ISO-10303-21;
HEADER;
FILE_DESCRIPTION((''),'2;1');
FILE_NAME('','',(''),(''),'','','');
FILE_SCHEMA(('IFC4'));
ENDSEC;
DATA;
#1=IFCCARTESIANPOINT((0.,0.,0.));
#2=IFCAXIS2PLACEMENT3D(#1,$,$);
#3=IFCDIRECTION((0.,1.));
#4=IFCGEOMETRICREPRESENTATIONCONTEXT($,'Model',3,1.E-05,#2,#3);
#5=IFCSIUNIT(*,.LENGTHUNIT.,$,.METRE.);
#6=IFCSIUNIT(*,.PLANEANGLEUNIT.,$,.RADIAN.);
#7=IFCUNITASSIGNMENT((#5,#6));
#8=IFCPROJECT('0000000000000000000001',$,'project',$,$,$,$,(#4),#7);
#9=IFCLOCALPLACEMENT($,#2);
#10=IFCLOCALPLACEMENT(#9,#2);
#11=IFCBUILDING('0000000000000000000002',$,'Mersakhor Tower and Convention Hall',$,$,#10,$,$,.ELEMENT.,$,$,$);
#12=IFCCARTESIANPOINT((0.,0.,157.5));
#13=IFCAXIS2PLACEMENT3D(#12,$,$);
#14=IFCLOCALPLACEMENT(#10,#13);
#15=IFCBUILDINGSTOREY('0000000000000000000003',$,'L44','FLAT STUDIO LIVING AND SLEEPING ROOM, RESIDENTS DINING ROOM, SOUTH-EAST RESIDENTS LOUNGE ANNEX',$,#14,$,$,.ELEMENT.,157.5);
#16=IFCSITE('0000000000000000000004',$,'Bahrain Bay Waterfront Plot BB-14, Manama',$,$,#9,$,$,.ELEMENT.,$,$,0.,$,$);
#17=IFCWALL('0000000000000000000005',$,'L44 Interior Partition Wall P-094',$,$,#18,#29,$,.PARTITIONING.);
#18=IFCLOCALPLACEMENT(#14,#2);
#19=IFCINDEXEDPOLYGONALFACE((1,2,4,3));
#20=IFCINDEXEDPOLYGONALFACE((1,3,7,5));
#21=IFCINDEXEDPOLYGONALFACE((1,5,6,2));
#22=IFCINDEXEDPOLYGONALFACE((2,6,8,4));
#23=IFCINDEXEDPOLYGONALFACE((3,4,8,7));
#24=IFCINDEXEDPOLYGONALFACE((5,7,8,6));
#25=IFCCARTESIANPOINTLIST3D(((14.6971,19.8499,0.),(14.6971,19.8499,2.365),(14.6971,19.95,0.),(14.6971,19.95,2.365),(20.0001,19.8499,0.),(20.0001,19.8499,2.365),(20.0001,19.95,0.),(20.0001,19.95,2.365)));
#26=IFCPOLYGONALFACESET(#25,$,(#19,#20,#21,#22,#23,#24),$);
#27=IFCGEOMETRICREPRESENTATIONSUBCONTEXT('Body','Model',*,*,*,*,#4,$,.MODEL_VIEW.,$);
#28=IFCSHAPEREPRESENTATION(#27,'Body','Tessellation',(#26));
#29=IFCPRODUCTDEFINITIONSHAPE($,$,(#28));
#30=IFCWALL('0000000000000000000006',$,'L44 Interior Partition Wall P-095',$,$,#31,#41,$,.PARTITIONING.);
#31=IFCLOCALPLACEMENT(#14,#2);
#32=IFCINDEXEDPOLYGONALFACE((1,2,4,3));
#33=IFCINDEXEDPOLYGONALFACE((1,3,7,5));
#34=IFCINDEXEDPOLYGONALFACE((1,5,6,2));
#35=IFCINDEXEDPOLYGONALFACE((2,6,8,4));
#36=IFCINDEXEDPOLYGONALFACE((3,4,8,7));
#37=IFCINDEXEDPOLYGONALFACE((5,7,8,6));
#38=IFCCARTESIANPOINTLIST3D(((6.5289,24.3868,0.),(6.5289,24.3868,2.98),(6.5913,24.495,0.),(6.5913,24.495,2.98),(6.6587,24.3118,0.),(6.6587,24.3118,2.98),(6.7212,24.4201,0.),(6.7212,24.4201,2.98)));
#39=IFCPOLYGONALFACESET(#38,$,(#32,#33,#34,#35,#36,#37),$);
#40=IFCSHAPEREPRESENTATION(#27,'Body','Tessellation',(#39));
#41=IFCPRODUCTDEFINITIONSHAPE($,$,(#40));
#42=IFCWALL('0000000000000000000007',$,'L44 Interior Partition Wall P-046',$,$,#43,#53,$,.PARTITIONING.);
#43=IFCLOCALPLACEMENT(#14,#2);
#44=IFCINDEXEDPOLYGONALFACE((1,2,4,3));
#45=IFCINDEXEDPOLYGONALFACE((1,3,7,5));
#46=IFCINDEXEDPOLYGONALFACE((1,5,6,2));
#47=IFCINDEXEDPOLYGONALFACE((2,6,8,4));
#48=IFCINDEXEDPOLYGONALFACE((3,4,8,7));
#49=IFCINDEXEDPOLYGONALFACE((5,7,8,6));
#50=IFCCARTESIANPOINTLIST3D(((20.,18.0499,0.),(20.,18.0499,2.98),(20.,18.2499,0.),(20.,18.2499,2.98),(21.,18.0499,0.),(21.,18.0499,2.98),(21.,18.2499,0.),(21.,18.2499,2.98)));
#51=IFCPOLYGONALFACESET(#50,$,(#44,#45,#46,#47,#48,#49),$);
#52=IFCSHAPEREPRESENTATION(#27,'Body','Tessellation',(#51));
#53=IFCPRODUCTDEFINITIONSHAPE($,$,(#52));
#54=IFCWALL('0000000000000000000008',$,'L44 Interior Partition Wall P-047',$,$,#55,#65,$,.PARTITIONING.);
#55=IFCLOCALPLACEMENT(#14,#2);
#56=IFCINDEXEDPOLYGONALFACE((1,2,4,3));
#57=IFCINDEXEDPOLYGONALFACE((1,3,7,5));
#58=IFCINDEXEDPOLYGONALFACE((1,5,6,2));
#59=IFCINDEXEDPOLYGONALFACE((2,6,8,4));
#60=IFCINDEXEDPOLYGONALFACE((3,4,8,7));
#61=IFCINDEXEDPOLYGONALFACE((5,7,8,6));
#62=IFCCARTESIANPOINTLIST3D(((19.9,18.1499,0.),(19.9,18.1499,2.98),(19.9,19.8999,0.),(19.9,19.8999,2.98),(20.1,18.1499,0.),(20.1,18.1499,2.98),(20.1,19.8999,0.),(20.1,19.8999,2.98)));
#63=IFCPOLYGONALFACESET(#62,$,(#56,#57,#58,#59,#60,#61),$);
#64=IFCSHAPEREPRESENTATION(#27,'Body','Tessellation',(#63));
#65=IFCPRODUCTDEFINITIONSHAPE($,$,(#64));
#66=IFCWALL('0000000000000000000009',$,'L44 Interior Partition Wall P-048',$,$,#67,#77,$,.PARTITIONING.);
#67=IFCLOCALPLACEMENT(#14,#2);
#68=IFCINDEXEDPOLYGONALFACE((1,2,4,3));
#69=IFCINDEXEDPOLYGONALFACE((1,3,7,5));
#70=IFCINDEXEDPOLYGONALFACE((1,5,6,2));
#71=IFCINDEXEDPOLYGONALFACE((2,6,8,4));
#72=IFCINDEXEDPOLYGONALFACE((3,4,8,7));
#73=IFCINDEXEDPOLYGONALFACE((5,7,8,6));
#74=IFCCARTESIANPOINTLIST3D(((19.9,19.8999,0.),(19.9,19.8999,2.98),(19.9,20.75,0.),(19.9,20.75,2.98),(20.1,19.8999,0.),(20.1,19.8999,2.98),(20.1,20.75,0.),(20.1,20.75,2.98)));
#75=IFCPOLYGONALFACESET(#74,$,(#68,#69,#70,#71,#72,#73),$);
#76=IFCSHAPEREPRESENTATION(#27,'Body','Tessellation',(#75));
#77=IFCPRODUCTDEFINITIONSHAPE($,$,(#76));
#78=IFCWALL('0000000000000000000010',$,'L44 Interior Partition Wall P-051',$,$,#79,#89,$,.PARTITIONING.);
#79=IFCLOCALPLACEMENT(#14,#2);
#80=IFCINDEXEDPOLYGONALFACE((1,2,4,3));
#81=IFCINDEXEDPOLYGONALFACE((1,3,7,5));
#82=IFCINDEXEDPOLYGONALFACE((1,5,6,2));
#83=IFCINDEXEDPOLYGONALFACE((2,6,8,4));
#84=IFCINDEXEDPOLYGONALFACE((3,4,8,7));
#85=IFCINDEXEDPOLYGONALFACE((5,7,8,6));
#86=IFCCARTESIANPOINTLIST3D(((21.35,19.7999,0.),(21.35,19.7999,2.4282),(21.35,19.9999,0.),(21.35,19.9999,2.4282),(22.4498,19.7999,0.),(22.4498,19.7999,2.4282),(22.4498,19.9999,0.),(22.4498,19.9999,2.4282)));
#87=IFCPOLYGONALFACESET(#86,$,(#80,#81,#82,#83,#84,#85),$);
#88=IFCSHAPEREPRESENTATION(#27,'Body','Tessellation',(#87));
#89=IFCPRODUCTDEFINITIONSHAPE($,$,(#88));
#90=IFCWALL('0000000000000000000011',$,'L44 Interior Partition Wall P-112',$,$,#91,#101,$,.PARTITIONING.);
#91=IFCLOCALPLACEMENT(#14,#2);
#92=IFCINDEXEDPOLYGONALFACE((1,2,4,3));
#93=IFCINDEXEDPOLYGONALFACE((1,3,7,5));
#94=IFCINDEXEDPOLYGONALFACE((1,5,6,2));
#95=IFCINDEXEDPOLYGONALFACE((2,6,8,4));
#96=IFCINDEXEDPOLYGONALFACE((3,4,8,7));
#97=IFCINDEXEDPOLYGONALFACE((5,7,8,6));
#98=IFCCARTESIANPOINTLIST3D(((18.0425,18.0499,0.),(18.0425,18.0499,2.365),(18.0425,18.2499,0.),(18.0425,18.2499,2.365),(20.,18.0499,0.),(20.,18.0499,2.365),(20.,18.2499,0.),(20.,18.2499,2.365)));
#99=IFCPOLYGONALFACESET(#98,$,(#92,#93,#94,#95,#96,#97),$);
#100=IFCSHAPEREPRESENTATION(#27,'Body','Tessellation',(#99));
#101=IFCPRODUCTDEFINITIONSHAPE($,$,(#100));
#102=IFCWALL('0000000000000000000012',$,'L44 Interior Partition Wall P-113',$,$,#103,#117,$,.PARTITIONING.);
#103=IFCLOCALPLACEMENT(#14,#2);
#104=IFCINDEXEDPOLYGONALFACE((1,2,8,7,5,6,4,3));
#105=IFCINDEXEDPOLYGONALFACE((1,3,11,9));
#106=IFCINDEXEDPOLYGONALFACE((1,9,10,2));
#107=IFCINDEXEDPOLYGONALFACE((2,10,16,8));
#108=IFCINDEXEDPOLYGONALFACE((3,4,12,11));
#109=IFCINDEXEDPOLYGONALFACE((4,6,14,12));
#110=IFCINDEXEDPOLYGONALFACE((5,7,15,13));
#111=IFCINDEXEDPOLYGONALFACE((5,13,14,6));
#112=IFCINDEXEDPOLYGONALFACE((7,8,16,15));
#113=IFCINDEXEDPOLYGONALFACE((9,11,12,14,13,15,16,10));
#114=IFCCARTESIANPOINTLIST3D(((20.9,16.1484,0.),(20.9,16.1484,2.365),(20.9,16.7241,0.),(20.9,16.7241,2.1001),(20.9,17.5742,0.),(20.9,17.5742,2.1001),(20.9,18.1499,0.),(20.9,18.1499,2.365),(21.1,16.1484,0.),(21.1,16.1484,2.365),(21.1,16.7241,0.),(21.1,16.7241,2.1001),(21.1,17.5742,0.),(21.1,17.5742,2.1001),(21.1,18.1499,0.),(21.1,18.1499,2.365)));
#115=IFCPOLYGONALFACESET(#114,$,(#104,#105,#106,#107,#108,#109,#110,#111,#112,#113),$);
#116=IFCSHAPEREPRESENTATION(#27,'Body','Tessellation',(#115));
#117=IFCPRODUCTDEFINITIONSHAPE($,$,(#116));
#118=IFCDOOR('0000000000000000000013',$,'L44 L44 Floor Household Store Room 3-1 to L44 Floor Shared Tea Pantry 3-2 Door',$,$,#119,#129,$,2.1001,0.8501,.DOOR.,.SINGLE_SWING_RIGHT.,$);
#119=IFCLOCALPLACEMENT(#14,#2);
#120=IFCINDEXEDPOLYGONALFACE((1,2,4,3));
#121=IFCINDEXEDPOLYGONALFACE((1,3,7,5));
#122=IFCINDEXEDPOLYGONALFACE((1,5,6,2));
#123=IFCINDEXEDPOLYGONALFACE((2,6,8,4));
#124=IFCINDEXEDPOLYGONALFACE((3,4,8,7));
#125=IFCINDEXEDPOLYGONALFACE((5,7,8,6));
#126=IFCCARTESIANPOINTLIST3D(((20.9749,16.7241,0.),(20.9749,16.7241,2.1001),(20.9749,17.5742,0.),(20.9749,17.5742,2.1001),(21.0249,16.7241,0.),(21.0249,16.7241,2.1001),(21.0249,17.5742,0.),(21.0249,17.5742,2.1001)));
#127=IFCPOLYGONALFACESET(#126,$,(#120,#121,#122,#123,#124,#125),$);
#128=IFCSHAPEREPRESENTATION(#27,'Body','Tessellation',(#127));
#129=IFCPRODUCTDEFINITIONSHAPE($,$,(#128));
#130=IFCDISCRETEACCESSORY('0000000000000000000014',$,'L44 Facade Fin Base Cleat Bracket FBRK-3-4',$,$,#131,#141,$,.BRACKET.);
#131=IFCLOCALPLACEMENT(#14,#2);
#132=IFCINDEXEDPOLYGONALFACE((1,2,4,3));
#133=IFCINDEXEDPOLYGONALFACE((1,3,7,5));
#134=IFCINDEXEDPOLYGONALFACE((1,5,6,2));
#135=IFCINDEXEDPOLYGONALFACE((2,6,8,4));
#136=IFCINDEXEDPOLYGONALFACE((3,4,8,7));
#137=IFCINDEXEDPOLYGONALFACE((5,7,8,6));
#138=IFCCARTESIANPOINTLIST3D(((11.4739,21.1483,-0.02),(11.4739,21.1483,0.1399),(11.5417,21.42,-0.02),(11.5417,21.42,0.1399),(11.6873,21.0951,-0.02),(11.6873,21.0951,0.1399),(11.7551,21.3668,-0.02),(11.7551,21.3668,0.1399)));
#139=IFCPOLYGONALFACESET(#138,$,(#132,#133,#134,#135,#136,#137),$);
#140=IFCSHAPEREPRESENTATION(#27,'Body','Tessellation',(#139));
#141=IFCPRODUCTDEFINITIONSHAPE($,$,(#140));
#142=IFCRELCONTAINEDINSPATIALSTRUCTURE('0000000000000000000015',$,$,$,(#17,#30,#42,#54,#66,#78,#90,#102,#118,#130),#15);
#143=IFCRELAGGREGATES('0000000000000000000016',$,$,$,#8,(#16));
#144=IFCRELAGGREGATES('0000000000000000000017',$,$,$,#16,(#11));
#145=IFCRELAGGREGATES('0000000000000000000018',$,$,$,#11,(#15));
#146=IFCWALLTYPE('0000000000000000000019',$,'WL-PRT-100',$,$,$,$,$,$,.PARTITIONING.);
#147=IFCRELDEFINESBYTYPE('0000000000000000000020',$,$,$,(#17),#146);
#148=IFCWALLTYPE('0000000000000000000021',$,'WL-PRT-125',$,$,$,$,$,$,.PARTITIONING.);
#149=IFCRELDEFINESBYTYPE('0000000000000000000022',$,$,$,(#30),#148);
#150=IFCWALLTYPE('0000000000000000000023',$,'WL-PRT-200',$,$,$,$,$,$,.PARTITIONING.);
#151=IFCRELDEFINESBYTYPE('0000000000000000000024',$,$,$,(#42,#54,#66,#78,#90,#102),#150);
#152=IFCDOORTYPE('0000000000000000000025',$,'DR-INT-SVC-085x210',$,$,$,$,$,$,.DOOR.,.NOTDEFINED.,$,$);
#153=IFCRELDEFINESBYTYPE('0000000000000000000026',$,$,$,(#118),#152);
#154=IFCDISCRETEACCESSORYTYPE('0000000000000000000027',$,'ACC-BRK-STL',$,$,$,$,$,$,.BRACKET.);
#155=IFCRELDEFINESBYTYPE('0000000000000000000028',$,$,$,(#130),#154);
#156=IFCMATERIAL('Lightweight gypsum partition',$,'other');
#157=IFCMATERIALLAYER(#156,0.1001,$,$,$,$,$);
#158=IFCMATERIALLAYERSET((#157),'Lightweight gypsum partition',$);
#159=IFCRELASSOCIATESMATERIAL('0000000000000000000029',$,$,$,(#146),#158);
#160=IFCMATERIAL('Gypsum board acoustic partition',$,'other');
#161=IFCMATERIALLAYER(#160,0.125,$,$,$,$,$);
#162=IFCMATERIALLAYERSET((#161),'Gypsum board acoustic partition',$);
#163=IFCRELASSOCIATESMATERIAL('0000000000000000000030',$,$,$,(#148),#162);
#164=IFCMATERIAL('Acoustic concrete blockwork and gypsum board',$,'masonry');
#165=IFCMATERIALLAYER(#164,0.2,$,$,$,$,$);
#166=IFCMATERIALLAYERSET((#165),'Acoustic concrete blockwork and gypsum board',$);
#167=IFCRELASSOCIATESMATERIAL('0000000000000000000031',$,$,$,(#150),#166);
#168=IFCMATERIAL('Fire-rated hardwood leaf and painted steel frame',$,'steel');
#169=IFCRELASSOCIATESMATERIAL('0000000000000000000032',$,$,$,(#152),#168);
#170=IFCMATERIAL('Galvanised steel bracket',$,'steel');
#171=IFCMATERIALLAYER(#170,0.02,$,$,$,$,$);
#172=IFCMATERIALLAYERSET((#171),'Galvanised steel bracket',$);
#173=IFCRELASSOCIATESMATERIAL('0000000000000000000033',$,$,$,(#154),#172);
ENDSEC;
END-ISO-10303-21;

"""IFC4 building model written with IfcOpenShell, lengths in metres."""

from ifc_helpers import new_model, si_unit, direction, frame, frame_2d, origin, origin_2d, place, context, subcontext, project, spatial, rectangle, extrude, material, layer, layer_set, type_object, element, fill, save


model = new_model("IFC4")

# Units and contexts
model_context = context("Model", 3, precision=1e-05, world=origin(), true_north=direction((0.0, 1.0)))
body_context = subcontext(model_context, "Body", "Model", "MODEL_VIEW")
ifc_project = project(units=[si_unit("LENGTHUNIT", "METRE"), si_unit("PLANEANGLEUNIT", "RADIAN")], contexts=[model_context])

# Site, building, storey
site_placement = place(None, origin())
site = spatial("IfcSite", under=ifc_project, at=site_placement, Name="Bahrain Bay Waterfront Plot BB-14, Manama", CompositionType="ELEMENT", RefElevation=0.0)
building_placement = place(site_placement, origin())
building = spatial("IfcBuilding", under=site, at=building_placement, Name="Mersakhor Tower and Convention Hall", CompositionType="ELEMENT")
storey_placement = place(building_placement, frame((0.0, 0.0, 157.5)))
storey = spatial("IfcBuildingStorey", under=building, at=storey_placement, Name="L44", Description="FLAT STUDIO LIVING AND SLEEPING ROOM, RESIDENTS DINING ROOM, SOUTH-EAST RESIDENTS LOUNGE ANNEX", CompositionType="ELEMENT", Elevation=157.5)

# Walls
ifc_material_1 = material(Name="Lightweight gypsum partition", Category="other")
ifc_layer_1 = layer(ifc_material_1, 0.1001)
ifc_layer_set_1 = layer_set([ifc_layer_1], Name="Lightweight gypsum partition")
wall_type_1 = type_object("IfcWallType", Name="WL-PRT-100", PredefinedType="PARTITIONING", material=ifc_layer_set_1)
wall_1_placement = place(storey_placement, frame((20.0, 19.8999, 0.0), z_axis=(0.0, 0.0, 1.0), x_axis=(-1.0, 0.0, 0.0)))
element("IfcWall", 1, at=wall_1_placement, inside=storey, type_object=wall_type_1, Name="L44 Interior Partition Wall P-094", PredefinedType="PARTITIONING", context=body_context, shape_type="SweptSolid", body=[
    extrude(rectangle(XDim=5.303, YDim=0.1001, at=frame_2d((2.6514, 0.0))), origin(), (0.0, 0.0, 1.0), 2.365),
])
ifc_material_2 = material(Name="Gypsum board acoustic partition", Category="other")
ifc_layer_2 = layer(ifc_material_2, 0.125)
ifc_layer_set_2 = layer_set([ifc_layer_2], Name="Gypsum board acoustic partition")
wall_type_2 = type_object("IfcWallType", Name="WL-PRT-125", PredefinedType="PARTITIONING", material=ifc_layer_set_2)
wall_2_placement = place(storey_placement, frame((6.6899, 24.366, 0.0), z_axis=(0.0, 0.0, 1.0), x_axis=(-0.866131, 0.499816, 0.0)))
element("IfcWall", 2, at=wall_2_placement, inside=storey, type_object=wall_type_2, Name="L44 Interior Partition Wall P-095", PredefinedType="PARTITIONING", context=body_context, shape_type="SweptSolid", body=[
    extrude(rectangle(XDim=0.1499, YDim=0.125, at=frame_2d((0.075, 0.0))), origin(), (0.0, 0.0, 1.0), 2.98),
])
ifc_material_3 = material(Name="Acoustic concrete blockwork and gypsum board", Category="masonry")
ifc_layer_3 = layer(ifc_material_3, 0.2)
ifc_layer_set_3 = layer_set([ifc_layer_3], Name="Acoustic concrete blockwork and gypsum board")
wall_type_3 = type_object("IfcWallType", Name="WL-PRT-200", PredefinedType="PARTITIONING", material=ifc_layer_set_3)
wall_3_placement = place(storey_placement, frame((21.0, 18.1499, 0.0), z_axis=(0.0, 0.0, 1.0), x_axis=(-1.0, 0.0, 0.0)))
element("IfcWall", 3, at=wall_3_placement, inside=storey, type_object=wall_type_3, Name="L44 Interior Partition Wall P-046", PredefinedType="PARTITIONING", context=body_context, shape_type="SweptSolid", body=[
    extrude(rectangle(XDim=1.0, YDim=0.2, at=frame_2d((0.5, 0.0))), origin(), (0.0, 0.0, 1.0), 2.98),
])
wall_4_placement = place(storey_placement, frame((20.0, 18.1499, 0.0), z_axis=(0.0, 0.0, 1.0), x_axis=(0.0, 1.0, 0.0)))
element("IfcWall", 4, at=wall_4_placement, inside=storey, type_object=wall_type_3, Name="L44 Interior Partition Wall P-047", PredefinedType="PARTITIONING", context=body_context, shape_type="SweptSolid", body=[
    extrude(rectangle(XDim=1.75, YDim=0.2, at=frame_2d((0.875, 0.0))), origin(), (0.0, 0.0, 1.0), 2.98),
])
wall_5_placement = place(storey_placement, frame((20.0, 19.8999, 0.0), z_axis=(0.0, 0.0, 1.0), x_axis=(0.0, 1.0, 0.0)))
element("IfcWall", 5, at=wall_5_placement, inside=storey, type_object=wall_type_3, Name="L44 Interior Partition Wall P-048", PredefinedType="PARTITIONING", context=body_context, shape_type="SweptSolid", body=[
    extrude(rectangle(XDim=0.8501, YDim=0.2, at=frame_2d((0.425, 0.0))), origin(), (0.0, 0.0, 1.0), 2.98),
])

# Walls
wall_6_placement = place(storey_placement, frame((21.3501, 19.8999, 0.0), z_axis=(0.0, 0.0, 1.0), x_axis=(1.0, 0.0, 0.0)))
element("IfcWall", 6, at=wall_6_placement, inside=storey, type_object=wall_type_3, Name="L44 Interior Partition Wall P-051", PredefinedType="PARTITIONING", context=body_context, shape_type="SweptSolid", body=[
    extrude(rectangle(XDim=1.0999, YDim=0.2, at=frame_2d((0.5498, 0.0))), origin(), (0.0, 0.0, 1.0), 2.4282),
])
wall_7_placement = place(storey_placement, frame((18.0425, 18.1499, 0.0), z_axis=(0.0, 0.0, 1.0), x_axis=(1.0, 0.0, 0.0)))
element("IfcWall", 7, at=wall_7_placement, inside=storey, type_object=wall_type_3, Name="L44 Interior Partition Wall P-112", PredefinedType="PARTITIONING", context=body_context, shape_type="SweptSolid", body=[
    extrude(rectangle(XDim=1.9575, YDim=0.2, at=frame_2d((0.9788, 0.0))), origin(), (0.0, 0.0, 1.0), 2.365),
])

# Wall, opening, door
wall_8_placement = place(storey_placement, frame((21.0, 18.1499, 0.0), z_axis=(0.0, 0.0, 1.0), x_axis=(0.0, -1.0, 0.0)))
wall_8 = element("IfcWall", 8, at=wall_8_placement, inside=storey, type_object=wall_type_3, Name="L44 Interior Partition Wall P-113", PredefinedType="PARTITIONING", context=body_context, shape_type="SweptSolid", body=[
    extrude(rectangle(XDim=2.0015, YDim=0.2, at=frame_2d((1.0007, 0.0))), origin(), (0.0, 0.0, 1.0), 2.365),
])
opening_1_placement = place(wall_8_placement, frame((0.5757, 0.0, 0.0)))
opening_1 = element("IfcOpeningElement", 9, at=opening_1_placement, cuts=wall_8, PredefinedType="OPENING", context=body_context, shape_type="SweptSolid", body=[
    extrude(rectangle(XDim=0.8501, YDim=2.1001, at=frame_2d((0.425, 1.05))), frame((0.0, 0.1099, 0.0), z_axis=(0.0, -1.0, 0.0), x_axis=(1.0, 0.0, 0.0)), (0.0, 0.0, 1.0), 0.22),
])
ifc_material_4 = material(Name="Fire-rated hardwood leaf and painted steel frame", Category="steel")
door_type_1 = type_object("IfcDoorType", Name="DR-INT-SVC-085x210", OperationType="NOTDEFINED", PredefinedType="DOOR", material=ifc_material_4)
door_1_placement = place(opening_1_placement, origin())
door_1 = element("IfcDoor", 10, at=door_1_placement, inside=storey, type_object=door_type_1, Name="L44 L44 Floor Household Store Room 3-1 to L44 Floor Shared Tea Pantry 3-2 Door", OperationType="SINGLE_SWING_RIGHT", OverallHeight=2.1001, OverallWidth=0.8501, PredefinedType="DOOR", context=body_context, shape_type="SweptSolid", body=[
    extrude(rectangle(XDim=0.8501, YDim=2.1001, at=frame_2d((0.425, 1.05))), frame((0.0, 0.0249, 0.0), z_axis=(0.0, -1.0, 0.0), x_axis=(1.0, 0.0, 0.0)), (0.0, 0.0, 1.0), 0.05),
])
fill(opening_1, door_1)

# Discrete accessory
ifc_material_5 = material(Name="Galvanised steel bracket", Category="steel")
ifc_layer_4 = layer(ifc_material_5, 0.02)
ifc_layer_set_4 = layer_set([ifc_layer_4], Name="Galvanised steel bracket")
discrete_accessory_type = type_object("IfcDiscreteAccessoryType", Name="ACC-BRK-STL", PredefinedType="BRACKET", material=ifc_layer_set_4)
discrete_accessory_placement = place(storey_placement, frame((11.6145, 21.2576, -0.02), z_axis=(0.0, 0.0, 1.0), x_axis=(-0.241922, -0.970296, 0.0)))
element("IfcDiscreteAccessory", 11, at=discrete_accessory_placement, inside=storey, type_object=discrete_accessory_type, Name="L44 Facade Fin Base Cleat Bracket FBRK-3-4", PredefinedType="BRACKET", context=body_context, shape_type="SweptSolid", body=[
    extrude(rectangle(XDim=0.28, YDim=0.22, at=origin_2d()), origin(), (0.0, 0.0, 1.0), 0.1599),
])

save(model, "model.ifc")
